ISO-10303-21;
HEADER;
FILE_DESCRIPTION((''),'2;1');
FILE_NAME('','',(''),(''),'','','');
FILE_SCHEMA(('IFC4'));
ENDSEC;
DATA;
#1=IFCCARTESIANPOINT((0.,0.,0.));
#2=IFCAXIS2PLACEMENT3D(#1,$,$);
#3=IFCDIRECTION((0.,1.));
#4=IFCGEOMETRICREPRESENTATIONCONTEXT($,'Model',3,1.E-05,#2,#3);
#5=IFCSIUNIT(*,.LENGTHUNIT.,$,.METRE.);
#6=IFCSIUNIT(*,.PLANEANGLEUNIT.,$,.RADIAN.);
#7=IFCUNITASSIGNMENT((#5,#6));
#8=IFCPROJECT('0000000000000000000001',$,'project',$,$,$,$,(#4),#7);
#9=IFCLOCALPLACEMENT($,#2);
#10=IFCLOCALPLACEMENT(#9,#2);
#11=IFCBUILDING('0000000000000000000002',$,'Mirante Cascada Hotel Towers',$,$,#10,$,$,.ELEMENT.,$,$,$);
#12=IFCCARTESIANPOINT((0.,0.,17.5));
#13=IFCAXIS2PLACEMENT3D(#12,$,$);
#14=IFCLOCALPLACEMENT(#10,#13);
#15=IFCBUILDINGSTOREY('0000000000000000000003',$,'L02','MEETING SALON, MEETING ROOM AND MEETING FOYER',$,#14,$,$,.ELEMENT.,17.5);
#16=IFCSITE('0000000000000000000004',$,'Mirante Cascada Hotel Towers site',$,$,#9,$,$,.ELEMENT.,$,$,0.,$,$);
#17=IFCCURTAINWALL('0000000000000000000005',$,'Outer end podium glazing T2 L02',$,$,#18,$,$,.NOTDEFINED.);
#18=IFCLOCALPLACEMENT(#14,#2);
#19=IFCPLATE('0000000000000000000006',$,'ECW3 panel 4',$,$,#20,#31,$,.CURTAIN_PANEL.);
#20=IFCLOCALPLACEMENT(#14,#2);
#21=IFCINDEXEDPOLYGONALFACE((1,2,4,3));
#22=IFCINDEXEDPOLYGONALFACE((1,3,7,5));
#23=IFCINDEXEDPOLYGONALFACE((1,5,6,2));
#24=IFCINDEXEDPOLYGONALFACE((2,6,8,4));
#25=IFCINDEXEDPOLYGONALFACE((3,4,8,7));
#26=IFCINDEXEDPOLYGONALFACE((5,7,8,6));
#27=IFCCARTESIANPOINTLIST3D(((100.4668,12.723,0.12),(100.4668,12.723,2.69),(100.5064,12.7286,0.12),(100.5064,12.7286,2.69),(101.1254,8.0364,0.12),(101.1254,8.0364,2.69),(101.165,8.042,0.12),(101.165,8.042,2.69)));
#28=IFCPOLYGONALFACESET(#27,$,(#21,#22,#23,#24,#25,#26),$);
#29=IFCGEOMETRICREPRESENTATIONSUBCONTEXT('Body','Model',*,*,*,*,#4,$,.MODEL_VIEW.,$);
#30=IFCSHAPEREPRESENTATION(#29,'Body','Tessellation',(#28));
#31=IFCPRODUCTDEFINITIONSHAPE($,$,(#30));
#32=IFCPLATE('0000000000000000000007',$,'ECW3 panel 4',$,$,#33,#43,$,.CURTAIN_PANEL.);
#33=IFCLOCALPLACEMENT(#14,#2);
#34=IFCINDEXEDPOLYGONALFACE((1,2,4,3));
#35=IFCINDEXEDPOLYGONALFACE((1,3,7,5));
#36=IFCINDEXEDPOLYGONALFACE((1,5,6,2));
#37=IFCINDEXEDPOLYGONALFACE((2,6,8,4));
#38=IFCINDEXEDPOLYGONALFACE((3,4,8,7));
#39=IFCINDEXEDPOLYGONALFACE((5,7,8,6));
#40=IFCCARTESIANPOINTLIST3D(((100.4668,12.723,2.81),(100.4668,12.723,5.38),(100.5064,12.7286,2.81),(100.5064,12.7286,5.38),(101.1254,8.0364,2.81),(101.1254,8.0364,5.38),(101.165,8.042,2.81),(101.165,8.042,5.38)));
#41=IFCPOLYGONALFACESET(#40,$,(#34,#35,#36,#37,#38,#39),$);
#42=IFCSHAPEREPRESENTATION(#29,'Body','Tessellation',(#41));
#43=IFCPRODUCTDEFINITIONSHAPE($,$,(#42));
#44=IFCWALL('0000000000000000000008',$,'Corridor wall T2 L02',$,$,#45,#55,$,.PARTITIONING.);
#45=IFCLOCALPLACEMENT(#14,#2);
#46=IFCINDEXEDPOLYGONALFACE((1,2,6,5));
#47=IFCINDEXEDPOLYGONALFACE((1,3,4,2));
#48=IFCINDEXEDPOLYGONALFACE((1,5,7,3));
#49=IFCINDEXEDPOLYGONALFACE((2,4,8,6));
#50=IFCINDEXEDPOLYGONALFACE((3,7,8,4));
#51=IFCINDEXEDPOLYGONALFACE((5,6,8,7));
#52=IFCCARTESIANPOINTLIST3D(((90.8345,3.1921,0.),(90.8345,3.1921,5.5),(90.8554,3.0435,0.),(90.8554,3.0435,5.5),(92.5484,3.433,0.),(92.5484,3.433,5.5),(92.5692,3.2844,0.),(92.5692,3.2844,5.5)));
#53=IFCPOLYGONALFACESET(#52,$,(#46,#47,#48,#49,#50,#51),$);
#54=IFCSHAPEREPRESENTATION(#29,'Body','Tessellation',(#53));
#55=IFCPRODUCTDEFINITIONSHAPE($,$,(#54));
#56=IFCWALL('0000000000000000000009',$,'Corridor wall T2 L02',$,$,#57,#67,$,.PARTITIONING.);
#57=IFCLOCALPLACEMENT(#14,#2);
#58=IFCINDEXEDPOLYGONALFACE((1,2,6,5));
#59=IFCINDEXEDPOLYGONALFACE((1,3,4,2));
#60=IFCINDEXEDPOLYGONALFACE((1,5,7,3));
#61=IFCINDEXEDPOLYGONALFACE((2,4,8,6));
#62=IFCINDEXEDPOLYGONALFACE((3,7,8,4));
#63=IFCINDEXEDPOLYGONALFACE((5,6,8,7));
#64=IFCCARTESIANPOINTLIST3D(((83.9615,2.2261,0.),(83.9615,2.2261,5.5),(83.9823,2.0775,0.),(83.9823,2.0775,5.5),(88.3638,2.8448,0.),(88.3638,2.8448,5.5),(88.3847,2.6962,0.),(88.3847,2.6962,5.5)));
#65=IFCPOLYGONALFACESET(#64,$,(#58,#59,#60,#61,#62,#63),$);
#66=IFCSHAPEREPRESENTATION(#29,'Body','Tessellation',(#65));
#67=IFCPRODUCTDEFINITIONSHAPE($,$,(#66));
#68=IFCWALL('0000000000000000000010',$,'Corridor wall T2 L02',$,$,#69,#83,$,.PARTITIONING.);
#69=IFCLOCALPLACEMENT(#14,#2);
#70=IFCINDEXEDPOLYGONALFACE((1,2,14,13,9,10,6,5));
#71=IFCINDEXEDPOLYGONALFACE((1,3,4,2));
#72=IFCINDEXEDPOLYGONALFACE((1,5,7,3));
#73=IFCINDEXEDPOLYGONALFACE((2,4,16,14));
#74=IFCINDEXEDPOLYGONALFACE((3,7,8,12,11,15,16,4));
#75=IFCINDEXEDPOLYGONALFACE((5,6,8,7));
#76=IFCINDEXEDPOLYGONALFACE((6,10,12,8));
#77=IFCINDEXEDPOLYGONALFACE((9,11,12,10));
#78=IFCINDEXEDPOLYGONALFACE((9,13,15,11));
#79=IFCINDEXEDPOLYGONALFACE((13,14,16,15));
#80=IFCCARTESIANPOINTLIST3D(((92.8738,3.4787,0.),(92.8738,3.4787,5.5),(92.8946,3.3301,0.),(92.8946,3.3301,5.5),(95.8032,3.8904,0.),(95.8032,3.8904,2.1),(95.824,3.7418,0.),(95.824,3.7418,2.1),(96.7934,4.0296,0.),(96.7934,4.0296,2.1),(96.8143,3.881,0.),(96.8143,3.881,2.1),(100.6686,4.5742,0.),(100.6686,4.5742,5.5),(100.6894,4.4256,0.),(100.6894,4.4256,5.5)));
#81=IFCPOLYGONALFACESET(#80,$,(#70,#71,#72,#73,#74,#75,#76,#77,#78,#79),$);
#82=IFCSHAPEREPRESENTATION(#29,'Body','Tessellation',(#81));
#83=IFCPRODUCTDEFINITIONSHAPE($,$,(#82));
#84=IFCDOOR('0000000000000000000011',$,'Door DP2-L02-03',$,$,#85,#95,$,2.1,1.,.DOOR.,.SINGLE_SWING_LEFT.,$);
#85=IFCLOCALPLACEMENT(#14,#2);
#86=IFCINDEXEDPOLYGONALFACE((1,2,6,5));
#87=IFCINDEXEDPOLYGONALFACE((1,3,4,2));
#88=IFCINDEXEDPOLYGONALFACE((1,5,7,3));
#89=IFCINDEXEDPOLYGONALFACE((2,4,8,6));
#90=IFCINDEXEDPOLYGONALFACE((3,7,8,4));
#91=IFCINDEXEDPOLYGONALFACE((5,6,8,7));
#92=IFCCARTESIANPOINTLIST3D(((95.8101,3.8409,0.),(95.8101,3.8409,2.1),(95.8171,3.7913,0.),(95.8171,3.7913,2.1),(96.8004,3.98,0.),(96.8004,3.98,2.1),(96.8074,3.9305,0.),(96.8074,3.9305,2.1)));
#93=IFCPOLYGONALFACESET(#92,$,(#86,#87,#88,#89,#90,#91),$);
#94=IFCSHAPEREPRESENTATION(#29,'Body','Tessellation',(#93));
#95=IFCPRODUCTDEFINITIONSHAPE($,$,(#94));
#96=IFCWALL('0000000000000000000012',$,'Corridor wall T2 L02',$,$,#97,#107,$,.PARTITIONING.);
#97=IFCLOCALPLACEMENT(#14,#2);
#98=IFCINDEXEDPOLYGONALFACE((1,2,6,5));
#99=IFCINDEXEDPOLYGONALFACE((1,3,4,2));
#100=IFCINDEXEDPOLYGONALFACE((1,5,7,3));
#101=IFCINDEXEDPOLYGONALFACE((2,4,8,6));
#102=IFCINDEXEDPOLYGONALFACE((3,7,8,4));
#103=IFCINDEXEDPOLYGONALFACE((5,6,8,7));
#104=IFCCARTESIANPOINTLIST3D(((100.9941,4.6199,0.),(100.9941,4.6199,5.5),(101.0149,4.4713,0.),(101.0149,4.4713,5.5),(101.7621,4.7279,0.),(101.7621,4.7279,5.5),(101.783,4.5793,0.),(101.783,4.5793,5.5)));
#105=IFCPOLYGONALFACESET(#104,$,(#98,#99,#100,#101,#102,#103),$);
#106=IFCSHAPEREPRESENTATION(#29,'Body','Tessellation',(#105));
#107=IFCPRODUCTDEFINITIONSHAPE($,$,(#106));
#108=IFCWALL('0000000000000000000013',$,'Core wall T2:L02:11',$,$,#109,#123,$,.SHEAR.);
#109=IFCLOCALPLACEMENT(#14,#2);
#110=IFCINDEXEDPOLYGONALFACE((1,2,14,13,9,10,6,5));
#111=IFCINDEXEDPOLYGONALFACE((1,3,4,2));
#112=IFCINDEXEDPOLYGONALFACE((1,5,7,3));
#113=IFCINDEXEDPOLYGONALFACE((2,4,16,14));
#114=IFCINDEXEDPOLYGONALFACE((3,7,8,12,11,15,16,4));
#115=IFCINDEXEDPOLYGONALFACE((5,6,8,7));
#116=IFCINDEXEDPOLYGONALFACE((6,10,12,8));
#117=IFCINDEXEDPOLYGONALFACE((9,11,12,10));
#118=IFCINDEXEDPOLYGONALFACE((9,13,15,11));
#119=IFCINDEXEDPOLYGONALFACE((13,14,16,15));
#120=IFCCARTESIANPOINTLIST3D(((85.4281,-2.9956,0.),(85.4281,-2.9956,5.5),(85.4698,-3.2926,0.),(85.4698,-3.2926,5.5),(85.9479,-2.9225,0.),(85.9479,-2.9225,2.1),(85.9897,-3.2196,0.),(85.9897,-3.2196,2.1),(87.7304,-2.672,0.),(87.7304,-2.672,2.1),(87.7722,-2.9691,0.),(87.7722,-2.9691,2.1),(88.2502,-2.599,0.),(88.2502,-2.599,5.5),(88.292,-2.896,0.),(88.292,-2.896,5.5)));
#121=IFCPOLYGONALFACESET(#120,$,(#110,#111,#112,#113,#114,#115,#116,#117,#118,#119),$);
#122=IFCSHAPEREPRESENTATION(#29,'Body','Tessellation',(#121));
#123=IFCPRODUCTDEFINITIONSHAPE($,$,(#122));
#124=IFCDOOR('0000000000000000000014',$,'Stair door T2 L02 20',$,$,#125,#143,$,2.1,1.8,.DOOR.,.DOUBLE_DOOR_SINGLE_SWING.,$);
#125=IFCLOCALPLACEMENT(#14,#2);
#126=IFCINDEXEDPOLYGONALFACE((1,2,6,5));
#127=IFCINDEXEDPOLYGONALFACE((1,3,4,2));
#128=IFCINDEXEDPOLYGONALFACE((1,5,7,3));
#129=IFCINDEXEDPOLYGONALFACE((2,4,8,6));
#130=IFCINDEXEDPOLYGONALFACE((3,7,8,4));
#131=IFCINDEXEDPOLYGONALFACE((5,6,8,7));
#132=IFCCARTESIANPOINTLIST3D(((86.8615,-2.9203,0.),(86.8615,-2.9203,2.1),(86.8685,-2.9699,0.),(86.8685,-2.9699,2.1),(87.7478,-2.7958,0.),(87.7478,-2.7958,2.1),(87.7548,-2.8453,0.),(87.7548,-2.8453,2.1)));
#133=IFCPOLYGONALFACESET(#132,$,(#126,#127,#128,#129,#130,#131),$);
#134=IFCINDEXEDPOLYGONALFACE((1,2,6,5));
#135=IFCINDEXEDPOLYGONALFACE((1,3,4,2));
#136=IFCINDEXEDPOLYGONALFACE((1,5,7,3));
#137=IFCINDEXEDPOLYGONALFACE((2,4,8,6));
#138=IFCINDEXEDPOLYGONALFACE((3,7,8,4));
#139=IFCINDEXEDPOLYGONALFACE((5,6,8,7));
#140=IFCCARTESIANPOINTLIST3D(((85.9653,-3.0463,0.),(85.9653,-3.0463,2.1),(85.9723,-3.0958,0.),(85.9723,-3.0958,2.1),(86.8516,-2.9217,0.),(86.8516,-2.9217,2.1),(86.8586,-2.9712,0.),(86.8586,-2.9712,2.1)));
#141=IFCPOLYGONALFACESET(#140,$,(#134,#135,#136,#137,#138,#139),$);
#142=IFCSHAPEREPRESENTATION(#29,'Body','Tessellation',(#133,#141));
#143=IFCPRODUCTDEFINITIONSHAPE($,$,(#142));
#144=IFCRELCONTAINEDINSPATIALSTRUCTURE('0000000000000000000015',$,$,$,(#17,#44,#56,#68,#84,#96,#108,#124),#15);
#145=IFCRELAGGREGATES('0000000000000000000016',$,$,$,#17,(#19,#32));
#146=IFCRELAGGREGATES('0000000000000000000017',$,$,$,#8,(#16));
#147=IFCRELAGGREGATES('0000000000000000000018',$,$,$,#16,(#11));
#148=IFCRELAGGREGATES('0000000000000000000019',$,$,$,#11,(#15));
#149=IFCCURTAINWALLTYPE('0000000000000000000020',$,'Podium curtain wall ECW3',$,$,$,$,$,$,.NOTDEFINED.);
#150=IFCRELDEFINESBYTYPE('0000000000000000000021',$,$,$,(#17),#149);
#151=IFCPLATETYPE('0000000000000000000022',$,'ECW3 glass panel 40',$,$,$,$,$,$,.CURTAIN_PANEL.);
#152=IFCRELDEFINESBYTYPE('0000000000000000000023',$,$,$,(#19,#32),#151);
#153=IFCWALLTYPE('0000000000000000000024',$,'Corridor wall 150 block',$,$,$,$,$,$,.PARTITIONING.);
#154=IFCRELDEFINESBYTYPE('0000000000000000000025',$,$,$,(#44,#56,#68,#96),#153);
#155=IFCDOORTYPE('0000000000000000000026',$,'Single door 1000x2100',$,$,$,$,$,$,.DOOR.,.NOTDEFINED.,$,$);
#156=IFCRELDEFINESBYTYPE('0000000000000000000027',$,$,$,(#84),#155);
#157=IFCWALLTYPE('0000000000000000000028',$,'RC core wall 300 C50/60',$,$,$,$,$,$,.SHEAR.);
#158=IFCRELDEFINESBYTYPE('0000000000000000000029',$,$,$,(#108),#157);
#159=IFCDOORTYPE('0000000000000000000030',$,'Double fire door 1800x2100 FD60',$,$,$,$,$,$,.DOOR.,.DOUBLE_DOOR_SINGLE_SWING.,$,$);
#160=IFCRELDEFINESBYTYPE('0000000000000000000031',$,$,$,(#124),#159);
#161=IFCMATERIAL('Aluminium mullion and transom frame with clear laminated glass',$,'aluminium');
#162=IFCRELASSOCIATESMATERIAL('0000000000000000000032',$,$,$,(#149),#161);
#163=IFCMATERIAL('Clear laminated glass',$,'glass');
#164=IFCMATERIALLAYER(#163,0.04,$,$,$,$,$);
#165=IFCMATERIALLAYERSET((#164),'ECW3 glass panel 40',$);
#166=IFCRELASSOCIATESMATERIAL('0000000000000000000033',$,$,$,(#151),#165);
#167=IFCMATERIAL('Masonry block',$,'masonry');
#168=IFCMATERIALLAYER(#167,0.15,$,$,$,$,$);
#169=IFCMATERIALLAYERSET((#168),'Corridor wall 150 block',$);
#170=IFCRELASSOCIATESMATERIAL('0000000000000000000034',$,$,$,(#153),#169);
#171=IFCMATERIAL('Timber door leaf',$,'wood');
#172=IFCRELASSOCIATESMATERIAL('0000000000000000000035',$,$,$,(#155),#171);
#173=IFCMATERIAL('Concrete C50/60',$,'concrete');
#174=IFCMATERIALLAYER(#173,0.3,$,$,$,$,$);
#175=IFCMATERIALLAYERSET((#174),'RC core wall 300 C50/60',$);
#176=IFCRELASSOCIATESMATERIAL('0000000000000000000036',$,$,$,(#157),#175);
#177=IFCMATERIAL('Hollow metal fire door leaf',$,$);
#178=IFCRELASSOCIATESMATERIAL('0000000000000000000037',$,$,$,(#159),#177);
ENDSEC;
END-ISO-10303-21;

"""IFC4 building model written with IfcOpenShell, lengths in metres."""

from ifc_helpers import new_model, si_unit, direction, frame, frame_2d, origin, origin_2d, place, context, subcontext, project, spatial, rectangle, extrude, material, layer, layer_set, type_object, element, fill, aggregate, save


model = new_model("IFC4")

# Units and contexts
model_context = context("Model", 3, precision=1e-05, world=origin(), true_north=direction((0.0, 1.0)))
body_context = subcontext(model_context, "Body", "Model", "MODEL_VIEW")
ifc_project = project(units=[si_unit("LENGTHUNIT", "METRE"), si_unit("PLANEANGLEUNIT", "RADIAN")], contexts=[model_context])

# Site, building, storey
site_placement = place(None, origin())
site = spatial("IfcSite", under=ifc_project, at=site_placement, Name="Mirante Cascada Hotel Towers site", CompositionType="ELEMENT", RefElevation=0.0)
building_placement = place(site_placement, origin())
building = spatial("IfcBuilding", under=site, at=building_placement, Name="Mirante Cascada Hotel Towers", CompositionType="ELEMENT")
storey_placement = place(building_placement, frame((0.0, 0.0, 17.5)))
storey = spatial("IfcBuildingStorey", under=building, at=storey_placement, Name="L02", Description="MEETING SALON, MEETING ROOM AND MEETING FOYER", CompositionType="ELEMENT", Elevation=17.5)

# Curtain wall, plates
ifc_material_1 = material(Name="Aluminium mullion and transom frame with clear laminated glass", Category="aluminium")
curtain_wall_type = type_object("IfcCurtainWallType", Name="Podium curtain wall ECW3", PredefinedType="NOTDEFINED", material=ifc_material_1)
curtain_wall_placement = place(storey_placement, origin())
curtain_wall = element("IfcCurtainWall", 1, at=curtain_wall_placement, inside=storey, type_object=curtain_wall_type, Name="Outer end podium glazing T2 L02", PredefinedType="NOTDEFINED")
ifc_material_2 = material(Name="Clear laminated glass", Category="glass")
ifc_layer_1 = layer(ifc_material_2, 0.04)
ifc_layer_set_1 = layer_set([ifc_layer_1], Name="ECW3 glass panel 40")
plate_type = type_object("IfcPlateType", Name="ECW3 glass panel 40", PredefinedType="CURTAIN_PANEL", material=ifc_layer_set_1)
plate_1_placement = place(storey_placement, frame((100.8159, 10.3825, 0.12), z_axis=(0.0, 0.0, 1.0), x_axis=(-0.139173, 0.990268, 0.0)))
plate_1 = element("IfcPlate", 2, at=plate_1_placement, type_object=plate_type, Name="ECW3 panel 4", PredefinedType="CURTAIN_PANEL", context=body_context, shape_type="SweptSolid", body=[
    extrude(rectangle(XDim=4.7326, YDim=0.04, at=origin_2d()), origin(), (0.0, 0.0, 1.0), 2.57),
])
plate_2_placement = place(storey_placement, frame((100.8159, 10.3825, 2.81), z_axis=(0.0, 0.0, 1.0), x_axis=(-0.139173, 0.990268, 0.0)))
plate_2 = element("IfcPlate", 3, at=plate_2_placement, type_object=plate_type, Name="ECW3 panel 4", PredefinedType="CURTAIN_PANEL", context=body_context, shape_type="SweptSolid", body=[
    extrude(rectangle(XDim=4.7326, YDim=0.04, at=origin_2d()), origin(), (0.0, 0.0, 1.0), 2.57),
])
aggregate(curtain_wall, [plate_1, plate_2])

# Walls
ifc_material_3 = material(Name="Masonry block", Category="masonry")
ifc_layer_2 = layer(ifc_material_3, 0.15)
ifc_layer_set_2 = layer_set([ifc_layer_2], Name="Corridor wall 150 block")
wall_type_1 = type_object("IfcWallType", Name="Corridor wall 150 block", PredefinedType="PARTITIONING", material=ifc_layer_set_2)
wall_1_placement = place(storey_placement, frame((90.8449, 3.1178, 0.0), z_axis=(0.0, 0.0, 1.0), x_axis=(0.990266, 0.139188, 0.0)))
element("IfcWall", 4, at=wall_1_placement, inside=storey, type_object=wall_type_1, Name="Corridor wall T2 L02", PredefinedType="PARTITIONING", context=body_context, shape_type="SweptSolid", body=[
    extrude(rectangle(XDim=1.7307, YDim=0.15, at=frame_2d((0.8654, 0.0))), origin(), (0.0, 0.0, 1.0), 5.5),
])
wall_2_placement = place(storey_placement, frame((83.9719, 2.1518, 0.0), z_axis=(0.0, 0.0, 1.0), x_axis=(0.990268, 0.139173, 0.0)))
element("IfcWall", 5, at=wall_2_placement, inside=storey, type_object=wall_type_1, Name="Corridor wall T2 L02", PredefinedType="PARTITIONING", context=body_context, shape_type="SweptSolid", body=[
    extrude(rectangle(XDim=4.4456, YDim=0.15, at=frame_2d((2.2228, 0.0))), origin(), (0.0, 0.0, 1.0), 5.5),
])

# Wall, opening, door
wall_3_placement = place(storey_placement, frame((92.8842, 3.4044, 0.0), z_axis=(0.0, 0.0, 1.0), x_axis=(0.990268, 0.139175, 0.0)))
wall_3 = element("IfcWall", 6, at=wall_3_placement, inside=storey, type_object=wall_type_1, Name="Corridor wall T2 L02", PredefinedType="PARTITIONING", context=body_context, shape_type="SweptSolid", body=[
    extrude(rectangle(XDim=7.8714, YDim=0.15, at=frame_2d((3.9357, 0.0))), origin(), (0.0, 0.0, 1.0), 5.5),
])
opening_1_placement = place(wall_3_placement, frame((2.9582, 0.0, 0.0)))
opening_1 = element("IfcOpeningElement", 7, at=opening_1_placement, cuts=wall_3, PredefinedType="OPENING", context=body_context, shape_type="SweptSolid", body=[
    extrude(rectangle(XDim=1.0, YDim=2.1, at=frame_2d((0.5, 1.05))), frame((0.0, 0.075, 0.0), z_axis=(0.0, -1.0, 0.0), x_axis=(1.0, 0.0, 0.0)), (0.0, 0.0, 1.0), 0.15),
])
ifc_material_4 = material(Name="Timber door leaf", Category="wood")
door_type_1 = type_object("IfcDoorType", Name="Single door 1000x2100", OperationType="NOTDEFINED", PredefinedType="DOOR", material=ifc_material_4)
door_1_placement = place(opening_1_placement, frame((1.0, 0.0, 0.0), z_axis=(0.0, 0.0, 1.0), x_axis=(-1.0, 0.0, 0.0)))
door_1 = element("IfcDoor", 8, at=door_1_placement, inside=storey, type_object=door_type_1, Name="Door DP2-L02-03", OperationType="SINGLE_SWING_LEFT", OverallHeight=2.1, OverallWidth=1.0, PredefinedType="DOOR", context=body_context, shape_type="SweptSolid", body=[
    extrude(rectangle(XDim=1.0, YDim=2.1, at=frame_2d((0.5, 1.05))), frame((0.0, 0.025, 0.0), z_axis=(0.0, -1.0, 0.0), x_axis=(1.0, 0.0, 0.0)), (0.0, 0.0, 1.0), 0.05),
])
fill(opening_1, door_1)

# Wall
wall_4_placement = place(storey_placement, frame((101.0045, 4.5456, 0.0), z_axis=(0.0, 0.0, 1.0), x_axis=(0.990257, 0.139255, 0.0)))
element("IfcWall", 9, at=wall_4_placement, inside=storey, type_object=wall_type_1, Name="Corridor wall T2 L02", PredefinedType="PARTITIONING", context=body_context, shape_type="SweptSolid", body=[
    extrude(rectangle(XDim=0.7756, YDim=0.15, at=frame_2d((0.3878, 0.0))), origin(), (0.0, 0.0, 1.0), 5.5),
])

# Wall, opening, door
ifc_material_5 = material(Name="Concrete C50/60", Category="concrete")
ifc_layer_3 = layer(ifc_material_5, 0.3)
ifc_layer_set_3 = layer_set([ifc_layer_3], Name="RC core wall 300 C50/60")
wall_type_2 = type_object("IfcWallType", Name="RC core wall 300 C50/60", PredefinedType="SHEAR", material=ifc_layer_set_3)
wall_5_placement = place(storey_placement, frame((85.4489, -3.1441, 0.0), z_axis=(0.0, 0.0, 1.0), x_axis=(0.99027, 0.139161, 0.0)))
wall_5 = element("IfcWall", 10, at=wall_5_placement, inside=storey, type_object=wall_type_2, Name="Core wall T2:L02:11", PredefinedType="SHEAR", context=body_context, shape_type="SweptSolid", body=[
    extrude(rectangle(XDim=2.8499, YDim=0.3, at=frame_2d((1.425, 0.0))), origin(), (0.0, 0.0, 1.0), 5.5),
])
opening_2_placement = place(wall_5_placement, frame((0.525, 0.0, 0.0)))
opening_2 = element("IfcOpeningElement", 11, at=opening_2_placement, cuts=wall_5, PredefinedType="OPENING", context=body_context, shape_type="SweptSolid", body=[
    extrude(rectangle(XDim=1.8, YDim=2.1, at=frame_2d((0.9, 1.05))), frame((0.0, 0.15, 0.0), z_axis=(0.0, -1.0, 0.0), x_axis=(1.0, 0.0, 0.0)), (0.0, 0.0, 1.0), 0.3),
])
ifc_material_6 = material(Name="Hollow metal fire door leaf")
door_type_2 = type_object("IfcDoorType", Name="Double fire door 1800x2100 FD60", OperationType="DOUBLE_DOOR_SINGLE_SWING", PredefinedType="DOOR", material=ifc_material_6)
door_2_placement = place(opening_2_placement, frame((1.8, 0.0, 0.0), z_axis=(0.0, 0.0, 1.0), x_axis=(-1.0, 0.0, 0.0)))
door_2 = element("IfcDoor", 12, at=door_2_placement, inside=storey, type_object=door_type_2, Name="Stair door T2 L02 20", OperationType="DOUBLE_DOOR_SINGLE_SWING", OverallHeight=2.1, OverallWidth=1.8, PredefinedType="DOOR", context=body_context, shape_type="SweptSolid", body=[
    extrude(rectangle(XDim=0.895, YDim=2.1, at=frame_2d((0.4475, 1.05))), frame((0.0, 0.025, 0.0), z_axis=(0.0, -1.0, 0.0), x_axis=(1.0, 0.0, 0.0)), (0.0, 0.0, 1.0), 0.05),
    extrude(rectangle(XDim=0.895, YDim=2.1, at=frame_2d((1.3525, 1.05))), frame((0.0, 0.025, 0.0), z_axis=(0.0, -1.0, 0.0), x_axis=(1.0, 0.0, 0.0)), (0.0, 0.0, 1.0), 0.05),
])
fill(opening_2, door_2)

save(model, "model.ifc")
